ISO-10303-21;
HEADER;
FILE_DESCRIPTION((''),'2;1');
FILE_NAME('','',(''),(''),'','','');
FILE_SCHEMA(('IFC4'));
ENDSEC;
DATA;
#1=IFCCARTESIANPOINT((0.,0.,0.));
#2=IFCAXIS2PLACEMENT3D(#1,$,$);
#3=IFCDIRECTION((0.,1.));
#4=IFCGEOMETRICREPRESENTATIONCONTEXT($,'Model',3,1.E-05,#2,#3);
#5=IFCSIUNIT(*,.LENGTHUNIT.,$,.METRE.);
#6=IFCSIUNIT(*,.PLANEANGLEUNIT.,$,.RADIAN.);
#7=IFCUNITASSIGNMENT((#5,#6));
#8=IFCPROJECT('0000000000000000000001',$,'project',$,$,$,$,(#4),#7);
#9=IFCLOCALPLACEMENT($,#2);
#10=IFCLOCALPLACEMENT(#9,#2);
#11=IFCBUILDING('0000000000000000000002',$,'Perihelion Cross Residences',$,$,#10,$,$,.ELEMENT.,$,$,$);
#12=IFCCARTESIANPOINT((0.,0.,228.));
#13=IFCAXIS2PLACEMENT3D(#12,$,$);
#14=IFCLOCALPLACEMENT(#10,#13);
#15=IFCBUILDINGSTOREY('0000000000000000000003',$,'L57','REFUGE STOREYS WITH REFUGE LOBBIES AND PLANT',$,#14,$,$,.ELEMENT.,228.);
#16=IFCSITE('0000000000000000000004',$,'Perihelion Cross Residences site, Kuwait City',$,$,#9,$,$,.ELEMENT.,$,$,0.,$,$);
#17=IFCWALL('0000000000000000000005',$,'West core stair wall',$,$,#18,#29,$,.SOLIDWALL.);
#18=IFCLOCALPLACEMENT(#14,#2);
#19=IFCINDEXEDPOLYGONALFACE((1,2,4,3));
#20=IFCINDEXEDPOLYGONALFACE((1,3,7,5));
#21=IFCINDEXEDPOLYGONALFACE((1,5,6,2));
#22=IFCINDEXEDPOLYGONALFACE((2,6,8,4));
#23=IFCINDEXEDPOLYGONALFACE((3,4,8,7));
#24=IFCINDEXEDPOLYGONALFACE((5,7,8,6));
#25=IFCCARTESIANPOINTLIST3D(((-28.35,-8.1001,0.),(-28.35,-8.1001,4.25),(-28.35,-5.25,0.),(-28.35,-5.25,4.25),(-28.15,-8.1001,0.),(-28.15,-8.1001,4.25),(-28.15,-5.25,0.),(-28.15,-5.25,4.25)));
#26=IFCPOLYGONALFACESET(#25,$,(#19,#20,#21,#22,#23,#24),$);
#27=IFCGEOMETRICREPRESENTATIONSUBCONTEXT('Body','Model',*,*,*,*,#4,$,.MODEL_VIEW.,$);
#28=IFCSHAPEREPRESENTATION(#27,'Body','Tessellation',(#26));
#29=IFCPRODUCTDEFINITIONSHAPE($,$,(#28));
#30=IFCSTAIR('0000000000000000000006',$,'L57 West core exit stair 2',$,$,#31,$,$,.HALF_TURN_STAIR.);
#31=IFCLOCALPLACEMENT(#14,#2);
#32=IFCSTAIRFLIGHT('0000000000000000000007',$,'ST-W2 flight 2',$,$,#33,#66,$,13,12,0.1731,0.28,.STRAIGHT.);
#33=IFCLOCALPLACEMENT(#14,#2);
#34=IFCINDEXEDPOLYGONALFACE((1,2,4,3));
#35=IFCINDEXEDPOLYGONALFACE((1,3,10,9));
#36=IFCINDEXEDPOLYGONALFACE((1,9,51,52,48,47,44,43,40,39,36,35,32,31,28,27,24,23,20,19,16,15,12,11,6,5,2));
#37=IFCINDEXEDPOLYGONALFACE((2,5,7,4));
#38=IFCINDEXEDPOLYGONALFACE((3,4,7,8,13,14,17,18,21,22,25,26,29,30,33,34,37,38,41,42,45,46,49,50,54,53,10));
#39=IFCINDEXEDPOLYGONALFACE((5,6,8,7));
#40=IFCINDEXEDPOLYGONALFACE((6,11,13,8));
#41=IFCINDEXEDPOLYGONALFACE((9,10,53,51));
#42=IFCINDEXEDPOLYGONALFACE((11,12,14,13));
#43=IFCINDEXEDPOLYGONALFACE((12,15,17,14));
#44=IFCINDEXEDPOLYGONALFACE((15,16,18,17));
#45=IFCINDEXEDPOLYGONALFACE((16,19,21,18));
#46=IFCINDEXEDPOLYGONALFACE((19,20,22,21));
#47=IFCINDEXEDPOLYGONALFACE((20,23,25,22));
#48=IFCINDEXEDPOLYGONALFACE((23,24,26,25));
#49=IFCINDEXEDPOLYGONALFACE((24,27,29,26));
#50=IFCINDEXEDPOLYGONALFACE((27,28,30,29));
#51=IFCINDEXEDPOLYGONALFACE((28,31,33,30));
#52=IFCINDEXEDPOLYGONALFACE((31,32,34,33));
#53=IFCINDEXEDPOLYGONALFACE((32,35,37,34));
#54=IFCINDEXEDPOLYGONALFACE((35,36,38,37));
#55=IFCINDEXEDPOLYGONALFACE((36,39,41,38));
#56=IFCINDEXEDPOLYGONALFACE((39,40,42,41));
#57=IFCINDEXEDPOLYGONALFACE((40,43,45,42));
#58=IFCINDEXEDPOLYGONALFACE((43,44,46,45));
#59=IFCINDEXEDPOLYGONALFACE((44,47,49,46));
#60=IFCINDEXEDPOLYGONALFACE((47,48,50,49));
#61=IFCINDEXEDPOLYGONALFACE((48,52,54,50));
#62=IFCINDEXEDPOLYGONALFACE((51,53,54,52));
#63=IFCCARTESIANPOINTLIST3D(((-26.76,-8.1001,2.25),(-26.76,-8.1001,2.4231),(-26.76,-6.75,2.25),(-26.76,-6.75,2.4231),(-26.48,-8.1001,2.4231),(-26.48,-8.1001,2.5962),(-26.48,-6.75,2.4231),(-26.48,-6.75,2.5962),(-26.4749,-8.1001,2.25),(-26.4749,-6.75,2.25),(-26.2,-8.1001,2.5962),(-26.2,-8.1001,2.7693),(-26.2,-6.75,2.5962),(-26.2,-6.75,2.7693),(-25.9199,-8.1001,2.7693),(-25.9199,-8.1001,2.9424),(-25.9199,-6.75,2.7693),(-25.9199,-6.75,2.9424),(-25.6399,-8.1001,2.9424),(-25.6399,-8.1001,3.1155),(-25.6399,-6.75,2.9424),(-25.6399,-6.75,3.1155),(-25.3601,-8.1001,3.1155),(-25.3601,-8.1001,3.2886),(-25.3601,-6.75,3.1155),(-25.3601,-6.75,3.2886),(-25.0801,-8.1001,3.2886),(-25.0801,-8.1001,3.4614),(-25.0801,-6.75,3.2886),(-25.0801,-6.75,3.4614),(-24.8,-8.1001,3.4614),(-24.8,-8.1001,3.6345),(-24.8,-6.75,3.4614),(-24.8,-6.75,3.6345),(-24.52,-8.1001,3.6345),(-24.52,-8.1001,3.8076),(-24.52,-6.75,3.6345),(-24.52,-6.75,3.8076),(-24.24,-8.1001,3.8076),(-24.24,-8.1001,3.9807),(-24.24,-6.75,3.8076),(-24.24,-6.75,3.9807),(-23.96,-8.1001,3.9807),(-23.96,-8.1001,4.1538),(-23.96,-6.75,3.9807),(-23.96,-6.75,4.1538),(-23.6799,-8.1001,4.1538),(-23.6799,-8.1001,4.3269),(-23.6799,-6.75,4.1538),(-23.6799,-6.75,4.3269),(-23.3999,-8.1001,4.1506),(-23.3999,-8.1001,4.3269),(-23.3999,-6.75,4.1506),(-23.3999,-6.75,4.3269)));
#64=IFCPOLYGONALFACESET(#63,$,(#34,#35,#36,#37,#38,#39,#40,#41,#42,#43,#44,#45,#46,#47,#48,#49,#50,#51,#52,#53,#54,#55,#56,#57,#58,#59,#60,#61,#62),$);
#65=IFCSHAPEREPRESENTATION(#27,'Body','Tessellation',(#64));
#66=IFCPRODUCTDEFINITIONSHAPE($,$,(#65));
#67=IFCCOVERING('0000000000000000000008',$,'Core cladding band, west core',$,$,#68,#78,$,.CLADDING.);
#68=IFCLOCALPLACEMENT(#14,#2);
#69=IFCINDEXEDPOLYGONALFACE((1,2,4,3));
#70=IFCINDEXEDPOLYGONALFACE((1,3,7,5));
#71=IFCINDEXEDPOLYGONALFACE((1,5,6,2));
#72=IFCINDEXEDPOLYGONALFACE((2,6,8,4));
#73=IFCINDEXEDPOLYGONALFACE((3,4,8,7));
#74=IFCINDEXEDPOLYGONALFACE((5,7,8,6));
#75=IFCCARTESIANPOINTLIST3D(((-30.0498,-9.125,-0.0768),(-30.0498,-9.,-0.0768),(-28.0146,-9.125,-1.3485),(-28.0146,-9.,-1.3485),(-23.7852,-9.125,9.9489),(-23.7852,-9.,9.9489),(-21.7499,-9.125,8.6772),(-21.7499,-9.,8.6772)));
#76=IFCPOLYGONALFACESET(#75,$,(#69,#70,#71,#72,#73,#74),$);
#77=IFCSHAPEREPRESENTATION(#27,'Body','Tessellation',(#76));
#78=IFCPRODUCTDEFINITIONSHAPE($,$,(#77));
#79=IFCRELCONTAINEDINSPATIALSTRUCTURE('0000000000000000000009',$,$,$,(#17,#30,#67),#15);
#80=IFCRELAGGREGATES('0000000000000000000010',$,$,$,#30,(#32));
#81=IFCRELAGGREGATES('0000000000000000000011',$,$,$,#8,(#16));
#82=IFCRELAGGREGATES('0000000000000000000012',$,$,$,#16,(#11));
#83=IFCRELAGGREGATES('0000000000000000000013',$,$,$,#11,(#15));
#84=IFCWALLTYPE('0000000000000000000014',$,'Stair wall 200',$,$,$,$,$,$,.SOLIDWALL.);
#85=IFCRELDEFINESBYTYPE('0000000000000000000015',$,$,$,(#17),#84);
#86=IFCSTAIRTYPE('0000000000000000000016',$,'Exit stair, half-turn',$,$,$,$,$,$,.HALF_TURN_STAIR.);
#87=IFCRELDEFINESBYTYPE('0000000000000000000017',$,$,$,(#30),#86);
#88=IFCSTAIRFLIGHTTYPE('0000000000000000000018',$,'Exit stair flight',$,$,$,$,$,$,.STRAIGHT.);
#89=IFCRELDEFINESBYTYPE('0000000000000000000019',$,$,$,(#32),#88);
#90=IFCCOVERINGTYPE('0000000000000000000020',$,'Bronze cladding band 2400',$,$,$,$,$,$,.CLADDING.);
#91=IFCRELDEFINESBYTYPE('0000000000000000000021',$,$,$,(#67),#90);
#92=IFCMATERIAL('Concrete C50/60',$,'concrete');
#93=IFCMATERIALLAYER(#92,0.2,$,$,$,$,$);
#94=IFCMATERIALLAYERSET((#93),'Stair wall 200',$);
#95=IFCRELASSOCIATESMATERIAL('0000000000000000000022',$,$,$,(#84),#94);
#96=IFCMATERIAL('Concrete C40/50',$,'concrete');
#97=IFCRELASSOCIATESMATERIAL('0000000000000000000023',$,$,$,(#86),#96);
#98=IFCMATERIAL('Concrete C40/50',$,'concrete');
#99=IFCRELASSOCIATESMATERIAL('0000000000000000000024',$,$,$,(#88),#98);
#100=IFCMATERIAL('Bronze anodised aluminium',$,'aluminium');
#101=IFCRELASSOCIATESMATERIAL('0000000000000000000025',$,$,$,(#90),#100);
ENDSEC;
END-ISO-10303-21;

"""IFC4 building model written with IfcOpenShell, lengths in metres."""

from ifc_helpers import new_model, si_unit, direction, frame, frame_2d, origin, origin_2d, place, context, subcontext, project, spatial, polyline, rectangle, outline, extrude, material, layer, layer_set, material_profile, profile_set, type_object, element, aggregate, save


model = new_model("IFC4")

# Units and contexts
model_context = context("Model", 3, precision=1e-05, world=origin(), true_north=direction((0.0, 1.0)))
body_context = subcontext(model_context, "Body", "Model", "MODEL_VIEW")
ifc_project = project(units=[si_unit("LENGTHUNIT", "METRE"), si_unit("PLANEANGLEUNIT", "RADIAN")], contexts=[model_context])

# Site, building, storey
site_placement = place(None, origin())
site = spatial("IfcSite", under=ifc_project, at=site_placement, Name="Perihelion Cross Residences site, Kuwait City", CompositionType="ELEMENT", RefElevation=0.0)
building_placement = place(site_placement, origin())
building = spatial("IfcBuilding", under=site, at=building_placement, Name="Perihelion Cross Residences", CompositionType="ELEMENT")
storey_placement = place(building_placement, frame((0.0, 0.0, 228.0)))
storey = spatial("IfcBuildingStorey", under=building, at=storey_placement, Name="L57", Description="REFUGE STOREYS WITH REFUGE LOBBIES AND PLANT", CompositionType="ELEMENT", Elevation=228.0)

# Shared definitions
ifc_material_1 = material(Name="Concrete C50/60", Category="concrete")
ifc_layer_1 = layer(ifc_material_1, 0.2)
ifc_layer_set_1 = layer_set([ifc_layer_1], Name="Stair wall 200")
wall_type_1 = type_object("IfcWallType", Name="Stair wall 200", PredefinedType="SOLIDWALL", material=ifc_layer_set_1)

# Wall
wall_1_placement = place(storey_placement, frame((-28.25, -8.1001, 0.0), z_axis=(0.0, 0.0, 1.0), x_axis=(0.0, 1.0, 0.0)))
element("IfcWall", 1, at=wall_1_placement, inside=storey, type_object=wall_type_1, Name="West core stair wall", PredefinedType="SOLIDWALL", context=body_context, shape_type="SweptSolid", body=[
    extrude(rectangle(XDim=2.8501, YDim=0.2, at=frame_2d((1.425, 0.0))), origin(), (0.0, 0.0, 1.0), 4.25),
])

# Stair, stair flight
ifc_material_2 = material(Name="Concrete C40/50", Category="concrete")
stair_type = type_object("IfcStairType", Name="Exit stair, half-turn", PredefinedType="HALF_TURN_STAIR", material=ifc_material_2)
stair_placement = place(storey_placement, origin())
stair = element("IfcStair", 2, at=stair_placement, inside=storey, type_object=stair_type, Name="L57 West core exit stair 2", PredefinedType="HALF_TURN_STAIR")
ifc_material_3 = material(Name="Concrete C40/50", Category="concrete")
stair_flight_type = type_object("IfcStairFlightType", Name="Exit stair flight", PredefinedType="STRAIGHT", material=ifc_material_3)
stair_flight_placement = place(storey_placement, frame((-26.76, -7.425, 2.25), z_axis=(0.0, 0.0, 1.0), x_axis=(1.0, 0.0, 0.0)))
stair_flight = element("IfcStairFlight", 3, at=stair_flight_placement, type_object=stair_flight_type, Name="ST-W2 flight 2", NumberOfRisers=13, NumberOfTreads=12, PredefinedType="STRAIGHT", RiserHeight=0.1731, TreadLength=0.28, context=body_context, shape_type="SweptSolid", body=[
    extrude(outline(polyline([(0.0, 0.0), (0.0, 0.1731), (0.28, 0.1731), (0.28, 0.3462), (0.5601, 0.3462), (0.5601, 0.5193), (0.8401, 0.5193), (0.8401, 0.6924), (1.1201, 0.6924), (1.1201, 0.8655), (1.3999, 0.8655), (1.3999, 1.0386), (1.6799, 1.0386), (1.6799, 1.2114), (1.96, 1.2114), (1.96, 1.3845), (2.24, 1.3845), (2.24, 1.5576), (2.52, 1.5576), (2.52, 1.7307), (2.8, 1.7307), (2.8, 1.9038), (3.0801, 1.9038), (3.0801, 2.0769), (3.3601, 2.0769), (3.3601, 2.25), (3.3601, 1.9006), (0.2852, 0.0), (0.0, 0.0)])), frame((0.0, 0.675, 0.0), z_axis=(0.0, -1.0, 0.0), x_axis=(1.0, 0.0, 0.0)), (0.0, 0.0, 1.0), 1.3501),
])
aggregate(stair, [stair_flight])

# Covering
ifc_material_4 = material(Name="Bronze anodised aluminium", Category="aluminium")
ifc_material_profile = material_profile(ifc_material_4, rectangle(XDim=0.125, YDim=2.3999, at=origin_2d()), Name="Bronze cladding band 2400")
ifc_profile_set = profile_set([ifc_material_profile], Name="Bronze anodised aluminium")
covering_type = type_object("IfcCoveringType", Name="Bronze cladding band 2400", PredefinedType="CLADDING", material=ifc_profile_set)
covering_placement = place(storey_placement, frame((-29.0322, -9.0625, -0.7126), z_axis=(0.529915, 0.0, 0.848051), x_axis=(0.0, 1.0, 0.0)))
element("IfcCovering", 4, at=covering_placement, inside=storey, type_object=covering_type, Name="Core cladding band, west core", PredefinedType="CLADDING", context=body_context, shape_type="SweptSolid", body=[
    extrude(rectangle(XDim=0.125, YDim=2.3999, at=origin_2d()), origin(), (0.0, 0.0, 1.0), 11.822),
])

save(model, "model.ifc")
